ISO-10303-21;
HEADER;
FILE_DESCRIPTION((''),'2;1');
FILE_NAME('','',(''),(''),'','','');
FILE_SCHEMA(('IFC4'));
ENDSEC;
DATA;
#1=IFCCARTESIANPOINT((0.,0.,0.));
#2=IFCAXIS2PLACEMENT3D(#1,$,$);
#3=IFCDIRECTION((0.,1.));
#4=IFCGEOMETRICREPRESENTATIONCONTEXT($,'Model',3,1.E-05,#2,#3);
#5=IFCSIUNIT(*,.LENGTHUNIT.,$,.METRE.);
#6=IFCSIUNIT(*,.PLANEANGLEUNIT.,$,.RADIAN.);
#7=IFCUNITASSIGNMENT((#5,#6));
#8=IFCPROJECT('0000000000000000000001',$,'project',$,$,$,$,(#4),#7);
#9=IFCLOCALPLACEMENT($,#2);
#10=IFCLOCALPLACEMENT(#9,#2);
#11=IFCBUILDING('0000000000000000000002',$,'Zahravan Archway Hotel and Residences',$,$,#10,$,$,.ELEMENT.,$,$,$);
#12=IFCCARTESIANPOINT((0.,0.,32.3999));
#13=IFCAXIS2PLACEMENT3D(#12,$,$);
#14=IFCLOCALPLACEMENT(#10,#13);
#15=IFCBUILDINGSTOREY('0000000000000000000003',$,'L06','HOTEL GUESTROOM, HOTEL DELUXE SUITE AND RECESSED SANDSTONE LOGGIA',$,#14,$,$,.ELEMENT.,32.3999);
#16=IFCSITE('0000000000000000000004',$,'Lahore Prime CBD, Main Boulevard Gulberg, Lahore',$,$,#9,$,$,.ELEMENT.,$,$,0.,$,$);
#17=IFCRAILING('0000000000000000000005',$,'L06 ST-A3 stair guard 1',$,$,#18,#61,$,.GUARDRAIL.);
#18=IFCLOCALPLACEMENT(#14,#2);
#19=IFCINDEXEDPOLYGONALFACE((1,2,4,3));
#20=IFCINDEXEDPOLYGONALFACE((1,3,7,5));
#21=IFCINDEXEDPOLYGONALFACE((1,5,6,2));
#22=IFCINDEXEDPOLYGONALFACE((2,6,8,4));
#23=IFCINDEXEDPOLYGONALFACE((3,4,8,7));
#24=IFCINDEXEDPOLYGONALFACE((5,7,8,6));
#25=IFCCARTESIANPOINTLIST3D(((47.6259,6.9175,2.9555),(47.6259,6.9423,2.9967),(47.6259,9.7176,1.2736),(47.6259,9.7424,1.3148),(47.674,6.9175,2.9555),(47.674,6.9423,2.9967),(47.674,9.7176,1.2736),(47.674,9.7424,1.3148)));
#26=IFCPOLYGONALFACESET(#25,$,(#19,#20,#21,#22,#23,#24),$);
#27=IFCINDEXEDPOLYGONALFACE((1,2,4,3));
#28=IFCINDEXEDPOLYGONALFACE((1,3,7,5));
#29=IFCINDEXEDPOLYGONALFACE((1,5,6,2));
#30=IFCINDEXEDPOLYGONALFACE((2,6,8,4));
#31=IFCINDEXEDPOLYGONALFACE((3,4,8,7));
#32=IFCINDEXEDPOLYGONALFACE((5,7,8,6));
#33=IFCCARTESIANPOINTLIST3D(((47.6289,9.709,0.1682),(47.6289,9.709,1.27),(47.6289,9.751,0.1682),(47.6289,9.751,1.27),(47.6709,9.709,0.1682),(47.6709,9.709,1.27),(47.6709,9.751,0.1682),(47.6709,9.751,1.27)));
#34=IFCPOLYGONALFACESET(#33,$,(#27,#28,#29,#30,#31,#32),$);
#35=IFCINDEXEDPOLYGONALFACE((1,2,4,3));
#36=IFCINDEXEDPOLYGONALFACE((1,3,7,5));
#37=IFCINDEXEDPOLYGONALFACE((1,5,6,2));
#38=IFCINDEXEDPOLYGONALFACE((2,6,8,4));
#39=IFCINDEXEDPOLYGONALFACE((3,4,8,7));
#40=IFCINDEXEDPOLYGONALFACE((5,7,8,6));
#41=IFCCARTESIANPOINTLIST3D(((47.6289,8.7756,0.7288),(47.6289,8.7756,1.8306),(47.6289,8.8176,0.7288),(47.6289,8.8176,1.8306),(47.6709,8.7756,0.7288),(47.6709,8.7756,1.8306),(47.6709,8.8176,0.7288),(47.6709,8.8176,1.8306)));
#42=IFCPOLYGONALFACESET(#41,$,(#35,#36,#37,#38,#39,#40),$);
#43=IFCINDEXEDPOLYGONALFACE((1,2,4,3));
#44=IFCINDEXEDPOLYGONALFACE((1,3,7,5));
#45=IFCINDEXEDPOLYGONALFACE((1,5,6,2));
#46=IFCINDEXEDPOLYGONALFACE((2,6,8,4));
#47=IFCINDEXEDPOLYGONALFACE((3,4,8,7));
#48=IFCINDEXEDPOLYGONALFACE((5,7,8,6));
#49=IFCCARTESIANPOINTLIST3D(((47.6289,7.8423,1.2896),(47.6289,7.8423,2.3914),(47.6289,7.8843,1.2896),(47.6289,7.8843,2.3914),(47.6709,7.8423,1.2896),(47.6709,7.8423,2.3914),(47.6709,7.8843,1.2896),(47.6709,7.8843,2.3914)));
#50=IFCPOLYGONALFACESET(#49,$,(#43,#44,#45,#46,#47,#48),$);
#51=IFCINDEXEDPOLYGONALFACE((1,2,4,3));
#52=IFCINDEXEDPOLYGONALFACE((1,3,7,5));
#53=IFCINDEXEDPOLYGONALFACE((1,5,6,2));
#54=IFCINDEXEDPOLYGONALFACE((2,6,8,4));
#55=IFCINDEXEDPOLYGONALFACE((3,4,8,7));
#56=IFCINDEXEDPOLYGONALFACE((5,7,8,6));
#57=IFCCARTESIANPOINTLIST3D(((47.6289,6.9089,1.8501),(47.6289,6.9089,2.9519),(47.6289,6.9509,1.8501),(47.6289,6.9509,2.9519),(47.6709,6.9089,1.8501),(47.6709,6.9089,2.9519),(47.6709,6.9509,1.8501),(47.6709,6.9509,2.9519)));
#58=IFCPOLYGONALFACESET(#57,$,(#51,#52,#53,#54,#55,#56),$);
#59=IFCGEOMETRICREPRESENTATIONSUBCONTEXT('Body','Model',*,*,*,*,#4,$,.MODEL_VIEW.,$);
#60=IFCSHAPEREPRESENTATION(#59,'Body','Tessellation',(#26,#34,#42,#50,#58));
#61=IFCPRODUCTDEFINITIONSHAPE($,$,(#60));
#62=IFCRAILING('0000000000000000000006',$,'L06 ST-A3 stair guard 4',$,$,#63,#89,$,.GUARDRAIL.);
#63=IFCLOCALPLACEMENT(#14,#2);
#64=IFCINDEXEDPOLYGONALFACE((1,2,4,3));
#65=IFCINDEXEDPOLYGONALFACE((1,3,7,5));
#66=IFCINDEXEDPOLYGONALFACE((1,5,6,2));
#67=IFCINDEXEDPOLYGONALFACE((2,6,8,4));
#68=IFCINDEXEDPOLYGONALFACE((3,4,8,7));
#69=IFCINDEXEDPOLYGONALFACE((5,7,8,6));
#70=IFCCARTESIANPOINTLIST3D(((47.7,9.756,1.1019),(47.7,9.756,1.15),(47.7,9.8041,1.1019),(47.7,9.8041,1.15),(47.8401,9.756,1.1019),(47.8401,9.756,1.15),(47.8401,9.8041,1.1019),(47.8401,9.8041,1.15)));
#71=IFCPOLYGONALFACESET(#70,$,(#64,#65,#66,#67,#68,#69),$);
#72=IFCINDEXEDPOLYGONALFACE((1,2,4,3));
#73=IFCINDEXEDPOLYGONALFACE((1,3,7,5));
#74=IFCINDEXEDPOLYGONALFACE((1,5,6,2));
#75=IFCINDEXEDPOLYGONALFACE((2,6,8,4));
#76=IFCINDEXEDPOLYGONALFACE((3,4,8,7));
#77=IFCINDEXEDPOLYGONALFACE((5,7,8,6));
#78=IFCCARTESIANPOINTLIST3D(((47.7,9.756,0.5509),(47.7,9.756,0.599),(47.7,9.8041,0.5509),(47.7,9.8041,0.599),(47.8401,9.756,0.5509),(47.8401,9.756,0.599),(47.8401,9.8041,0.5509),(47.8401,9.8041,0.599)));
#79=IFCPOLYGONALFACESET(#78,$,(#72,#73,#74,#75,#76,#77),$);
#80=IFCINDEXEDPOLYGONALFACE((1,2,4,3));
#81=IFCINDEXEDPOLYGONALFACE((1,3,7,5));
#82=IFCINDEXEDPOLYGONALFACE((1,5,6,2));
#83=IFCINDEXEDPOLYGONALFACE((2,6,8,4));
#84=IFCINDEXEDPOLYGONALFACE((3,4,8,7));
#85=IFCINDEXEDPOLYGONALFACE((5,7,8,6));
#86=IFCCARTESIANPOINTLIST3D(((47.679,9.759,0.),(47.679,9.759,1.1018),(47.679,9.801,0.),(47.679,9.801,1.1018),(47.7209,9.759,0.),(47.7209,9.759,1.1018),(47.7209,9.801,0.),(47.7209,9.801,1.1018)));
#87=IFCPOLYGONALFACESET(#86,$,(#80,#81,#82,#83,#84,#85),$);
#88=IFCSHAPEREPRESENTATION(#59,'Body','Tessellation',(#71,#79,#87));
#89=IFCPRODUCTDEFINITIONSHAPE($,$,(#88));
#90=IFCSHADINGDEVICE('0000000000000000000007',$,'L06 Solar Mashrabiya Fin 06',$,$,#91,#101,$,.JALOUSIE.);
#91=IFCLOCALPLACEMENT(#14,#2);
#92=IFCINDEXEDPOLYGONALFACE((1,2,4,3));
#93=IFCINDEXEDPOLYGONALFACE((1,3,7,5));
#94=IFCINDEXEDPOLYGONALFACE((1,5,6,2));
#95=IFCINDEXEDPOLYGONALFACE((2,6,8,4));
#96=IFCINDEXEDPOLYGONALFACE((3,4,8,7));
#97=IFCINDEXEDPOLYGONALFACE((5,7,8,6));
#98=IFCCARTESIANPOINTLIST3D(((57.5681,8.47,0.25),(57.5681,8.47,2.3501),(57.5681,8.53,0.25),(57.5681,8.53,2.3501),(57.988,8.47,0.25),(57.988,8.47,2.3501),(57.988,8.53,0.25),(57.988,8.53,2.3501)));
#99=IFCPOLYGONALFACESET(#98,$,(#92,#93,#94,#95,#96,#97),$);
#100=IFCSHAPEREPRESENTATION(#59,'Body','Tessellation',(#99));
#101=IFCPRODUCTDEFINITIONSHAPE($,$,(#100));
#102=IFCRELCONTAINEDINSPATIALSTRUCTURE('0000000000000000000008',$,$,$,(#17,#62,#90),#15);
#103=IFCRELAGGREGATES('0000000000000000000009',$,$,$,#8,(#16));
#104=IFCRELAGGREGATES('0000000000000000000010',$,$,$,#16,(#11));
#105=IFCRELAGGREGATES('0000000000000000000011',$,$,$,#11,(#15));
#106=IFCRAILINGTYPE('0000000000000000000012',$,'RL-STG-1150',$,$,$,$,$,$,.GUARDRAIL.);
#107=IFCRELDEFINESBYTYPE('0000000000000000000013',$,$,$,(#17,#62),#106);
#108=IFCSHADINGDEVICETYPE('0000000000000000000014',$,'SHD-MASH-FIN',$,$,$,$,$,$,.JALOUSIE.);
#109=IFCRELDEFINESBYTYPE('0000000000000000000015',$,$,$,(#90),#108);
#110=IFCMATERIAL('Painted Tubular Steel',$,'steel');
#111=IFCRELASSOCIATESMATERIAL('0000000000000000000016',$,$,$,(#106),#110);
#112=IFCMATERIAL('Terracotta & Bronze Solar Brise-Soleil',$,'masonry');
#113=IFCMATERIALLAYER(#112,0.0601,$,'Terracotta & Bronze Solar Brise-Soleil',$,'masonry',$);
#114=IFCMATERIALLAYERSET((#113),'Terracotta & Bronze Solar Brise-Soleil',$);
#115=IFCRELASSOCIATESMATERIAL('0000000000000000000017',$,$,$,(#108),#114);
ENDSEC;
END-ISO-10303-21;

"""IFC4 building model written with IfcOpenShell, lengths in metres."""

from ifc_helpers import new_model, si_unit, direction, frame, origin, origin_2d, place, context, subcontext, project, spatial, rectangle, extrude, source, transform, mapped, material, layer, layer_set, type_object, type_shapes, element, save


model = new_model("IFC4")

# Units and contexts
model_context = context("Model", 3, precision=1e-05, world=origin(), true_north=direction((0.0, 1.0)))
body_context = subcontext(model_context, "Body", "Model", "MODEL_VIEW")
ifc_project = project(units=[si_unit("LENGTHUNIT", "METRE"), si_unit("PLANEANGLEUNIT", "RADIAN")], contexts=[model_context])

# Site, building, storey
site_placement = place(None, origin())
site = spatial("IfcSite", under=ifc_project, at=site_placement, Name="Lahore Prime CBD, Main Boulevard Gulberg, Lahore", CompositionType="ELEMENT", RefElevation=0.0)
building_placement = place(site_placement, origin())
building = spatial("IfcBuilding", under=site, at=building_placement, Name="Zahravan Archway Hotel and Residences", CompositionType="ELEMENT")
storey_placement = place(building_placement, frame((0.0, 0.0, 32.3999)))
storey = spatial("IfcBuildingStorey", under=building, at=storey_placement, Name="L06", Description="HOTEL GUESTROOM, HOTEL DELUXE SUITE AND RECESSED SANDSTONE LOGGIA", CompositionType="ELEMENT", Elevation=32.3999)

# Railings
ifc_material_1 = material(Name="Painted Tubular Steel", Category="steel")
railing_type_1 = type_object("IfcRailingType", Name="RL-STG-1150", PredefinedType="GUARDRAIL", material=ifc_material_1)
railing_1_placement = place(storey_placement, frame((47.6499, 9.73, 0.1682)))
element("IfcRailing", 1, at=railing_1_placement, inside=storey, type_object=railing_type_1, Name="L06 ST-A3 stair guard 1", PredefinedType="GUARDRAIL", context=body_context, shape_type="SweptSolid", body=[
    extrude(rectangle(XDim=0.0481, YDim=0.0481, at=origin_2d()), frame((0.0, 0.0, 1.126), z_axis=(0.0, -0.857242, 0.514913), x_axis=(1.0, 0.0, 0.0)), (0.0, 0.0, 1.0), 3.2664),
    extrude(rectangle(XDim=0.042, YDim=0.042, at=origin_2d()), origin(), (0.0, 0.0, 1.0), 1.1018),
    extrude(rectangle(XDim=0.042, YDim=0.042, at=origin_2d()), frame((0.0, -0.9333, 0.5605)), (0.0, 0.0, 1.0), 1.1018),
    extrude(rectangle(XDim=0.042, YDim=0.042, at=origin_2d()), frame((0.0, -1.8667, 1.1213)), (0.0, 0.0, 1.0), 1.1018),
    extrude(rectangle(XDim=0.042, YDim=0.042, at=origin_2d()), frame((0.0, -2.8, 1.6819)), (0.0, 0.0, 1.0), 1.1018),
])
railing_2_placement = place(storey_placement, frame((47.7, 9.78, 0.0)))
element("IfcRailing", 2, at=railing_2_placement, inside=storey, type_object=railing_type_1, Name="L06 ST-A3 stair guard 4", PredefinedType="GUARDRAIL", context=body_context, shape_type="SweptSolid", body=[
    extrude(rectangle(XDim=0.0481, YDim=0.0481, at=origin_2d()), frame((0.0, 0.0, 1.126), z_axis=(1.0, 0.0, 0.0), x_axis=(0.0, 1.0, 0.0)), (0.0, 0.0, 1.0), 0.1401),
    extrude(rectangle(XDim=0.0481, YDim=0.0481, at=origin_2d()), frame((0.0, 0.0, 0.575), z_axis=(1.0, 0.0, 0.0), x_axis=(0.0, 1.0, 0.0)), (0.0, 0.0, 1.0), 0.1401),
    extrude(rectangle(XDim=0.042, YDim=0.042, at=origin_2d()), origin(), (0.0, 0.0, 1.0), 1.1018),
])

# Shading device
ifc_material_2 = material(Name="Terracotta & Bronze Solar Brise-Soleil", Category="masonry")
ifc_layer_1 = layer(ifc_material_2, 0.0601, Name="Terracotta & Bronze Solar Brise-Soleil", Category="masonry")
ifc_layer_set_1 = layer_set([ifc_layer_1], Name="Terracotta & Bronze Solar Brise-Soleil")
shading_device_type = type_object("IfcShadingDeviceType", Name="SHD-MASH-FIN", PredefinedType="JALOUSIE", material=ifc_layer_set_1)
shared_shape_1 = source(origin(), body_context, "Body", "SweptSolid", [
    extrude(rectangle(XDim=0.0601, YDim=0.4199, at=origin_2d()), origin(), (0.0, 0.0, 1.0), 2.1001),
])
type_shapes(shading_device_type, [shared_shape_1])
shading_device_placement = place(storey_placement, frame((57.7781, 8.5, 0.25), z_axis=(0.0, 0.0, 1.0), x_axis=(0.0, 1.0, 0.0)))
element("IfcShadingDevice", 3, at=shading_device_placement, inside=storey, type_object=shading_device_type, Name="L06 Solar Mashrabiya Fin 06", PredefinedType="JALOUSIE", context=body_context, shape_type="MappedRepresentation", body=[
    mapped(shared_shape_1, transform((0.0, 0.0, 0.0), scale=1.0)),
])

save(model, "model.ifc")
